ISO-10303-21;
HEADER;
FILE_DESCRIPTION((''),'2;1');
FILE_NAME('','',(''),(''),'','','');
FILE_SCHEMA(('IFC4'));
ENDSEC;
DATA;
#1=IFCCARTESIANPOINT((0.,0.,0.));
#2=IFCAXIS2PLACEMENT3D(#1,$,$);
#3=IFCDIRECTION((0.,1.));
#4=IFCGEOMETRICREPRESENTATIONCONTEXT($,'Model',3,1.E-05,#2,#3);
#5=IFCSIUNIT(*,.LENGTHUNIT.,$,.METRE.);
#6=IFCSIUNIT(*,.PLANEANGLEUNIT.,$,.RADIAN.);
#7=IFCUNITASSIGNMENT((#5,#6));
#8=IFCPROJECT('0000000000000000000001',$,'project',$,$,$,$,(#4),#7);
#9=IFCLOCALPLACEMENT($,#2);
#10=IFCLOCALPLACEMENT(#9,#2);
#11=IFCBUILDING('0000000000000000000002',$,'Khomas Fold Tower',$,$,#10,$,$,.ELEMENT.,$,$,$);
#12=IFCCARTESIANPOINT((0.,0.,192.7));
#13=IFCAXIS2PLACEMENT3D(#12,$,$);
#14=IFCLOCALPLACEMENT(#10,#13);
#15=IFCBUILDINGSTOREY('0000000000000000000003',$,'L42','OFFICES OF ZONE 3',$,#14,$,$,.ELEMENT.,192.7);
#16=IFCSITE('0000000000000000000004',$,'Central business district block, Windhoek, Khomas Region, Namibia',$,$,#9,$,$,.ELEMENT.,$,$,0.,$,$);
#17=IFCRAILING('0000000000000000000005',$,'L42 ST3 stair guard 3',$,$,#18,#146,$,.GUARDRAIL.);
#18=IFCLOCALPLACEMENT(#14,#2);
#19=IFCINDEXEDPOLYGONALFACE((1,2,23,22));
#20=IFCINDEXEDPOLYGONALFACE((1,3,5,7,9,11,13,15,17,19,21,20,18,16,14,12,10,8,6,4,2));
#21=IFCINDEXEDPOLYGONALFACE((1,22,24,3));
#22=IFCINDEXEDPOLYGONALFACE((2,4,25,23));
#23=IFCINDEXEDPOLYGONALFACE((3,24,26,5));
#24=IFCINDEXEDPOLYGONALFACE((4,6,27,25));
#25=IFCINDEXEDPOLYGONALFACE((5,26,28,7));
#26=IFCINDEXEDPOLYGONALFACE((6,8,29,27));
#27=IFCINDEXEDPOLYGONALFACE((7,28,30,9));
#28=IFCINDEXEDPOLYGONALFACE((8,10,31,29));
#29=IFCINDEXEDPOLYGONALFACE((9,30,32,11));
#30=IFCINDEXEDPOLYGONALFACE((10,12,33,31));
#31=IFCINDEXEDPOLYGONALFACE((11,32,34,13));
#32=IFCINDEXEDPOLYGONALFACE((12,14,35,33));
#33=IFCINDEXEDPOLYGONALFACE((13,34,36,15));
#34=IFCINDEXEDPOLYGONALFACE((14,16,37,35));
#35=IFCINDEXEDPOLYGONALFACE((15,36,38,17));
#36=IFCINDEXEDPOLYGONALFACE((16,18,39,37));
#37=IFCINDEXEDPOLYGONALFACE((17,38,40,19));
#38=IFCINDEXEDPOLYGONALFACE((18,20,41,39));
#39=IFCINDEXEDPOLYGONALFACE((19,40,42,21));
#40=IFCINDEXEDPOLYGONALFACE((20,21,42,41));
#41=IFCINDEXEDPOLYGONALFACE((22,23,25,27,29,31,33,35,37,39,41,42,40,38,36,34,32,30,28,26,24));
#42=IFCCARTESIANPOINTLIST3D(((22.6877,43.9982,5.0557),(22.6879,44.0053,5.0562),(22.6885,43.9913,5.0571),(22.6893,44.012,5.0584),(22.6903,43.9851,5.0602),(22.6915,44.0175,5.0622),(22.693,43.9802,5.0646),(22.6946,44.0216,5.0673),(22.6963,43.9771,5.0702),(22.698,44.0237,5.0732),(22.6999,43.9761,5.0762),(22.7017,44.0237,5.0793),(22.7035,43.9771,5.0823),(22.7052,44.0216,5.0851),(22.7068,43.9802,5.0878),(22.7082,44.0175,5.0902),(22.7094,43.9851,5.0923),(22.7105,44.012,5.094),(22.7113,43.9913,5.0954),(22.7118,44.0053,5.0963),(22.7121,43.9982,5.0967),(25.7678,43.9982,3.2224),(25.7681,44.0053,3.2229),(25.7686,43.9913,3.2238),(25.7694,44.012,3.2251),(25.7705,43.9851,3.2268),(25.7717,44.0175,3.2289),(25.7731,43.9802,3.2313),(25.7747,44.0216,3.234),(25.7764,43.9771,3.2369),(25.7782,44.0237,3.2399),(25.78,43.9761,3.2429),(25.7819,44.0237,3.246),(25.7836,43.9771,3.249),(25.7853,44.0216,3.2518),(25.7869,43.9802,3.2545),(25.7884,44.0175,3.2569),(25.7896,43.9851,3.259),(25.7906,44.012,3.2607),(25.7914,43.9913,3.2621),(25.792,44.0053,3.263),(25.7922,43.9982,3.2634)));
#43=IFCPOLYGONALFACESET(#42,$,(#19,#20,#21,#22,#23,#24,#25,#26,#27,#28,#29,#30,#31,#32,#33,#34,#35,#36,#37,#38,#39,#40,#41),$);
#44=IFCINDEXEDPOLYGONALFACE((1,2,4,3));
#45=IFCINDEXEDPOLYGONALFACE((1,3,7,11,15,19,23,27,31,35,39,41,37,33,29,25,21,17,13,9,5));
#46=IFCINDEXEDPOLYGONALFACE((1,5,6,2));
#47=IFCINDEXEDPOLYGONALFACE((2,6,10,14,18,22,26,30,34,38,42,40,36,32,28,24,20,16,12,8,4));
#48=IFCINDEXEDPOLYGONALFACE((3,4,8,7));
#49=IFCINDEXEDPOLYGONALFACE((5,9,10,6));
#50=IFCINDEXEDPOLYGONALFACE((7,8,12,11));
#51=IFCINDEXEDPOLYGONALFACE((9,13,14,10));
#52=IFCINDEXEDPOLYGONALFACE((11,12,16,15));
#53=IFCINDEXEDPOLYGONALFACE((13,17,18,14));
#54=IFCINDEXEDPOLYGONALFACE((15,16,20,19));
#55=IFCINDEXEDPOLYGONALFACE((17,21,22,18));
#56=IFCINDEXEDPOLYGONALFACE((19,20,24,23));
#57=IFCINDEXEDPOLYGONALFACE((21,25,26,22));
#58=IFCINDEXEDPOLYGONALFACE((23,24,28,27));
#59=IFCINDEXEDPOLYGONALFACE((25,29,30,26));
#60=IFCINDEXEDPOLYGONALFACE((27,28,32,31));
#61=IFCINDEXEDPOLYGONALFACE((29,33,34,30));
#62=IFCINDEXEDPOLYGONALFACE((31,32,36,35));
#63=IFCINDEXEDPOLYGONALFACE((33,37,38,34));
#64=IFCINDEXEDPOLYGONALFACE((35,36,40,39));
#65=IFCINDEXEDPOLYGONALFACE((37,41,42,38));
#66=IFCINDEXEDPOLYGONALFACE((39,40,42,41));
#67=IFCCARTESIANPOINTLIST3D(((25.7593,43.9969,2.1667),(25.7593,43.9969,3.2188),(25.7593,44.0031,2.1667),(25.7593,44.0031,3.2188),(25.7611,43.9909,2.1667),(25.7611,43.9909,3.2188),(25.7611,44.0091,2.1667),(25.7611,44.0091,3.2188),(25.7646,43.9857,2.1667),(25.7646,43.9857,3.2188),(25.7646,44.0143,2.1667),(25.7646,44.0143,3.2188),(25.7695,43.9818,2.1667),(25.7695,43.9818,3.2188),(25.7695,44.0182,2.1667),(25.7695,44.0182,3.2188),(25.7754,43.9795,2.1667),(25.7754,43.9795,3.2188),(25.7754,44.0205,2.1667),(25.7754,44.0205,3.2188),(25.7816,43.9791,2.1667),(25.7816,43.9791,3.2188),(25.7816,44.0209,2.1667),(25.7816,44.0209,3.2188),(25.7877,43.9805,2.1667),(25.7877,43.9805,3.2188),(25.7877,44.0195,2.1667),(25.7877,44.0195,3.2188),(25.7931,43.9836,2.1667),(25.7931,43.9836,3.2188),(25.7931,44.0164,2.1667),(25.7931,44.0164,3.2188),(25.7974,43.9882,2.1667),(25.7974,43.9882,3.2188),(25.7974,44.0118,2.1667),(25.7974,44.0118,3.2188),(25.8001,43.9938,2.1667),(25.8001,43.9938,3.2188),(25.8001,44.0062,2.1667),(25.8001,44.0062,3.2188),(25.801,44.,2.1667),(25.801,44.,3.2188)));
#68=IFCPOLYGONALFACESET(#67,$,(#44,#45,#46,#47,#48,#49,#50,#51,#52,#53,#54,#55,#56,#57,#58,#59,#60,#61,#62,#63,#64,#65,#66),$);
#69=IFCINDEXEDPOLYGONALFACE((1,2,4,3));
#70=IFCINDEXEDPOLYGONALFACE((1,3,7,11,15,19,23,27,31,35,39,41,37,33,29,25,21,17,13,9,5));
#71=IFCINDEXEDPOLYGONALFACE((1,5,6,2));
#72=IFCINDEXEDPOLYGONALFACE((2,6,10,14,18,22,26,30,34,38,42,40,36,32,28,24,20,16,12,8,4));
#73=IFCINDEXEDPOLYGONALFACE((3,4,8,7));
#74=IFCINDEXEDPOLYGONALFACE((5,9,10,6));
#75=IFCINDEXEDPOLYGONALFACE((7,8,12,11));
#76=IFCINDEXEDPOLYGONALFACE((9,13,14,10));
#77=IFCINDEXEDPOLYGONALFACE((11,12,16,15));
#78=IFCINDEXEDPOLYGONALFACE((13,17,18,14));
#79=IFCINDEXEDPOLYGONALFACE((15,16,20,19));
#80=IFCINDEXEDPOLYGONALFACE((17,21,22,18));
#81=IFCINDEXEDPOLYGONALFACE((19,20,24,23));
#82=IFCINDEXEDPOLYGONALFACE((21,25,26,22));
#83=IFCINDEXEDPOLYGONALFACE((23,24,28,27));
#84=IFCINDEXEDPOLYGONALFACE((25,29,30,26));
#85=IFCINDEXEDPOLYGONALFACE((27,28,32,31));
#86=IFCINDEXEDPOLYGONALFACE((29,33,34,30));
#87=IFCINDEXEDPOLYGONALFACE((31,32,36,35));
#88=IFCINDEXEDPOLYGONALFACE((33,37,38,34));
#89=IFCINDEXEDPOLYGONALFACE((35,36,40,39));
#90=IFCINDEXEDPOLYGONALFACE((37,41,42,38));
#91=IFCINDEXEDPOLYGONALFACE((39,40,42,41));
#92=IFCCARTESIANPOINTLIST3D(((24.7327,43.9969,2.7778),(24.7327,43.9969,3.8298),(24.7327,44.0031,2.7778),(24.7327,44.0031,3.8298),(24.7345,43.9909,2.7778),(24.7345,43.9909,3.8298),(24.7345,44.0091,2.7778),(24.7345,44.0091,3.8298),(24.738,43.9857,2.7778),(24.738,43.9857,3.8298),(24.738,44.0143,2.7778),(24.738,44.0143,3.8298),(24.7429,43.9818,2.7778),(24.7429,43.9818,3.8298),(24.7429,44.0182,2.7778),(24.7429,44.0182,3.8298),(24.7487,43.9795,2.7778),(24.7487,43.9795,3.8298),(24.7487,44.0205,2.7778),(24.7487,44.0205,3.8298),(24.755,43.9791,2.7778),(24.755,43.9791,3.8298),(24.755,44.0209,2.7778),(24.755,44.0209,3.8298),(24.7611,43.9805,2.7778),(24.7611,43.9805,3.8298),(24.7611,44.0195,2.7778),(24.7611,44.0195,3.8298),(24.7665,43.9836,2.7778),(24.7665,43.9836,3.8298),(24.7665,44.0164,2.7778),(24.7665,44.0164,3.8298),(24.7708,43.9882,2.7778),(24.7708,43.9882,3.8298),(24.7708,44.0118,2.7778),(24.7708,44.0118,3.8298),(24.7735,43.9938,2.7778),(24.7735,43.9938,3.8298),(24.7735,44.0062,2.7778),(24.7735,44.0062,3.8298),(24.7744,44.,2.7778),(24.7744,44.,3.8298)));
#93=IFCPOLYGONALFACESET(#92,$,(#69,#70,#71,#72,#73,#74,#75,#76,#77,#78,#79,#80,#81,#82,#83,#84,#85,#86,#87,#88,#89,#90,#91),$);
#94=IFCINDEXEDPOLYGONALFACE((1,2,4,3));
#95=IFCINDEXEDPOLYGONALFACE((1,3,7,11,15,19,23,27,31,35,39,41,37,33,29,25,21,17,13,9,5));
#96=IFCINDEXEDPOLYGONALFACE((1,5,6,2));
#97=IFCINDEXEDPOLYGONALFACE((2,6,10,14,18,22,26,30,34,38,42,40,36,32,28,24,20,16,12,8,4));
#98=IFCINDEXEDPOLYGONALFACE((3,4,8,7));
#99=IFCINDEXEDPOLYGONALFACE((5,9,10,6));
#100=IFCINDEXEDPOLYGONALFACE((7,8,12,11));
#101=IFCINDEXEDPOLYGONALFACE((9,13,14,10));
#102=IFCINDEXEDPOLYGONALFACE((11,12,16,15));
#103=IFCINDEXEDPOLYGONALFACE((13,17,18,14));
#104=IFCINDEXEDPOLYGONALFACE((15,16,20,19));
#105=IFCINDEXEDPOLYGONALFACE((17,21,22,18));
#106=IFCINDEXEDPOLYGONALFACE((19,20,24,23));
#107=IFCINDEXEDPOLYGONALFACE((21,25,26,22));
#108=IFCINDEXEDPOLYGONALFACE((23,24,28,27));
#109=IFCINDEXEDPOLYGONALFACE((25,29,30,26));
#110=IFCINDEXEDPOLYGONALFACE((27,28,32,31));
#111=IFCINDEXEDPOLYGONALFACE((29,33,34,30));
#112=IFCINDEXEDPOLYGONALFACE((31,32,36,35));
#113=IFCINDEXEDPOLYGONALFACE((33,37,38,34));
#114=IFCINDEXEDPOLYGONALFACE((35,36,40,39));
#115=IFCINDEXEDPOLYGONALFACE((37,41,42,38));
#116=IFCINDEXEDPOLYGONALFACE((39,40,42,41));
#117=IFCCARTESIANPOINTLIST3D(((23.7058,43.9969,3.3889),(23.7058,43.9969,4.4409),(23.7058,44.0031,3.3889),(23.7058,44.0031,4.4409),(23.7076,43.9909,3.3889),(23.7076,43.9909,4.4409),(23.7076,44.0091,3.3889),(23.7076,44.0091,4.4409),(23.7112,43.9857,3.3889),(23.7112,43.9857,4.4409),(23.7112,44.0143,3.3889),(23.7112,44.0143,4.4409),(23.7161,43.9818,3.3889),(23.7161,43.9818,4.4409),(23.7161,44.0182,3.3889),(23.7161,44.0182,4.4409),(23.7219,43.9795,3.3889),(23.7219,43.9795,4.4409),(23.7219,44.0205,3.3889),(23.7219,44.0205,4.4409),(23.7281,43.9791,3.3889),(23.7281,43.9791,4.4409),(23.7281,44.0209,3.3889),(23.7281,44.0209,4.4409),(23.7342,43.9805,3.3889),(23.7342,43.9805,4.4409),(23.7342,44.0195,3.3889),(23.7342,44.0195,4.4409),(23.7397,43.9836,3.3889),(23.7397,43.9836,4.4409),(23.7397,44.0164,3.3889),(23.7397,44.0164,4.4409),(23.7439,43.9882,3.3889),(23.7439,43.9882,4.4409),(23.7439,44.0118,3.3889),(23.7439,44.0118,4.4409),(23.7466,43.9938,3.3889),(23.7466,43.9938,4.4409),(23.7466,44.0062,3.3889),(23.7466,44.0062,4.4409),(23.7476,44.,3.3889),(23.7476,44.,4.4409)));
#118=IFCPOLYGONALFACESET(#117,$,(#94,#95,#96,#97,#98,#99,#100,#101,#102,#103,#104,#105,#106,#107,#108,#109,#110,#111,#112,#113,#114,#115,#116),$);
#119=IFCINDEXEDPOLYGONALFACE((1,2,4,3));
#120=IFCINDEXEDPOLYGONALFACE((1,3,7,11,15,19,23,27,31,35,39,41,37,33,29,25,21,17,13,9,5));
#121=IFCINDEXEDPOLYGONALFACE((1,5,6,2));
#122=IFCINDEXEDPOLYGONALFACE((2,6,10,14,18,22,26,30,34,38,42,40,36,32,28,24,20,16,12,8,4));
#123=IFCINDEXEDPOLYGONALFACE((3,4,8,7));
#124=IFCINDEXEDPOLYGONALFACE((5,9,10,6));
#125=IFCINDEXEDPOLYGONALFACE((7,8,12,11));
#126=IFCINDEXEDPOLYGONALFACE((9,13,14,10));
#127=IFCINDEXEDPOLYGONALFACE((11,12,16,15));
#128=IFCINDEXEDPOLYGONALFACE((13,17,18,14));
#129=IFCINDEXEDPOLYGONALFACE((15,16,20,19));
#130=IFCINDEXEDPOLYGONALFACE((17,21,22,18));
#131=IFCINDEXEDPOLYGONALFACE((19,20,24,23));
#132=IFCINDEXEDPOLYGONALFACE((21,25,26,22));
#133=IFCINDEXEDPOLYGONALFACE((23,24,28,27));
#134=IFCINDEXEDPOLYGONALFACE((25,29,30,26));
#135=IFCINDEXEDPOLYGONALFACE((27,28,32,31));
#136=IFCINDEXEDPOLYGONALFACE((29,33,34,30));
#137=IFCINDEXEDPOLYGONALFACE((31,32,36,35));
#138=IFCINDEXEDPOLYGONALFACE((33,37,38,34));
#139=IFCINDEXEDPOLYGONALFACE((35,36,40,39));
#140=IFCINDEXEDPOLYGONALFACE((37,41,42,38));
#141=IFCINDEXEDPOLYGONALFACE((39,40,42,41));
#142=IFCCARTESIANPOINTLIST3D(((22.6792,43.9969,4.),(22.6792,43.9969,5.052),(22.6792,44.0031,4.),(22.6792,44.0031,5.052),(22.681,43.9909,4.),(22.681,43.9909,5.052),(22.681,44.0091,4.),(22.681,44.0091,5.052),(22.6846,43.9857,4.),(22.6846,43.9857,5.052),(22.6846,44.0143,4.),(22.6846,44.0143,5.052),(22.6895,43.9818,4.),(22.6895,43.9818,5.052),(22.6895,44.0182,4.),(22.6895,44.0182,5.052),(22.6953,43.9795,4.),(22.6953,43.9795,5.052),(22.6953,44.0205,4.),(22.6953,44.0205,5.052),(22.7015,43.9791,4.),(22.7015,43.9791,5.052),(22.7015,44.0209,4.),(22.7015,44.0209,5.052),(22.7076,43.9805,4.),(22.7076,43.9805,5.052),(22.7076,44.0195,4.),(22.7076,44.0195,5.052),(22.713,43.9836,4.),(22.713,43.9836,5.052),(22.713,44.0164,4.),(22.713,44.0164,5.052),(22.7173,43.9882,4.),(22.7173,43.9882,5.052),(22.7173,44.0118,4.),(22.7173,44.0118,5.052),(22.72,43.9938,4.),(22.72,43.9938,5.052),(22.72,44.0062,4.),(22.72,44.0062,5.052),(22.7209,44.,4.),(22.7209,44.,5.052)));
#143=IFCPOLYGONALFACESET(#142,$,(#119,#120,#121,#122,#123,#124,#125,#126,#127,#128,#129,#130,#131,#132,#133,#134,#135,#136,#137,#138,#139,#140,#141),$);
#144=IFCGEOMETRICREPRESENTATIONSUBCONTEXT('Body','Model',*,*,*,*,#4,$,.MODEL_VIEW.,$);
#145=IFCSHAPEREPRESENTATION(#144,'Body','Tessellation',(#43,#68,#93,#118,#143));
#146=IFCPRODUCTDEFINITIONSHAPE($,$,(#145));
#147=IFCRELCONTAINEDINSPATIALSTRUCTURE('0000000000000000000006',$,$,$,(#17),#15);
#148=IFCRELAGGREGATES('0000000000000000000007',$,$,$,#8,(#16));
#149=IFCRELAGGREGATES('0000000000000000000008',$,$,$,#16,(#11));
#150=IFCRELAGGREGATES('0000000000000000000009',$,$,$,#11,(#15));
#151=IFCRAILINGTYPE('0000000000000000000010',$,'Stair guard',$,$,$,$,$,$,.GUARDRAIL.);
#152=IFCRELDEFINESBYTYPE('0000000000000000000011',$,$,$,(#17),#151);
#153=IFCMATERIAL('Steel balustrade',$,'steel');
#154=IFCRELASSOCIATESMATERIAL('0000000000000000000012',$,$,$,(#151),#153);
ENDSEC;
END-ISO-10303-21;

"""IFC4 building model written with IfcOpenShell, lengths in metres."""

from ifc_helpers import new_model, si_unit, direction, frame, origin, origin_2d, place, context, subcontext, project, spatial, circle, extrude, source, transform, mapped, material, type_object, element, save


model = new_model("IFC4")

# Units and contexts
model_context = context("Model", 3, precision=1e-05, world=origin(), true_north=direction((0.0, 1.0)))
body_context = subcontext(model_context, "Body", "Model", "MODEL_VIEW")
ifc_project = project(units=[si_unit("LENGTHUNIT", "METRE"), si_unit("PLANEANGLEUNIT", "RADIAN")], contexts=[model_context])

# Site, building, storey
site_placement = place(None, origin())
site = spatial("IfcSite", under=ifc_project, at=site_placement, Name="Central business district block, Windhoek, Khomas Region, Namibia", CompositionType="ELEMENT", RefElevation=0.0)
building_placement = place(site_placement, origin())
building = spatial("IfcBuilding", under=site, at=building_placement, Name="Khomas Fold Tower", CompositionType="ELEMENT")
storey_placement = place(building_placement, frame((0.0, 0.0, 192.7)))
storey = spatial("IfcBuildingStorey", under=building, at=storey_placement, Name="L42", Description="OFFICES OF ZONE 3", CompositionType="ELEMENT", Elevation=192.7)

# Railing
ifc_material_1 = material(Name="Steel balustrade", Category="steel")
railing_type_1 = type_object("IfcRailingType", Name="Stair guard", PredefinedType="GUARDRAIL", material=ifc_material_1)
shared_shape_1 = source(origin(), body_context, "Body", "SweptSolid", [
    extrude(circle(Radius=0.0239, at=origin_2d()), frame((0.0, 0.0, 1.0762), z_axis=(-0.859309, 0.0, 0.511458), x_axis=(0.0, -1.0, 0.0)), (0.0, 0.0, 1.0), 3.5845),
    extrude(circle(Radius=0.021, at=origin_2d()), origin(), (0.0, 0.0, 1.0), 1.052),
    extrude(circle(Radius=0.021, at=origin_2d()), frame((-1.0266, 0.0, 0.6111)), (0.0, 0.0, 1.0), 1.052),
    extrude(circle(Radius=0.021, at=origin_2d()), frame((-2.0535, 0.0, 1.2222)), (0.0, 0.0, 1.0), 1.052),
    extrude(circle(Radius=0.021, at=origin_2d()), frame((-3.0801, 0.0, 1.8333)), (0.0, 0.0, 1.0), 1.052),
])
railing_1_placement = place(storey_placement, frame((25.78, 44.0, 2.1667)))
element("IfcRailing", 1, at=railing_1_placement, inside=storey, type_object=railing_type_1, Name="L42 ST3 stair guard 3", PredefinedType="GUARDRAIL", context=body_context, shape_type="MappedRepresentation", body=[
    mapped(shared_shape_1, transform((0.0, 0.0, 0.0))),
])

save(model, "model.ifc")
